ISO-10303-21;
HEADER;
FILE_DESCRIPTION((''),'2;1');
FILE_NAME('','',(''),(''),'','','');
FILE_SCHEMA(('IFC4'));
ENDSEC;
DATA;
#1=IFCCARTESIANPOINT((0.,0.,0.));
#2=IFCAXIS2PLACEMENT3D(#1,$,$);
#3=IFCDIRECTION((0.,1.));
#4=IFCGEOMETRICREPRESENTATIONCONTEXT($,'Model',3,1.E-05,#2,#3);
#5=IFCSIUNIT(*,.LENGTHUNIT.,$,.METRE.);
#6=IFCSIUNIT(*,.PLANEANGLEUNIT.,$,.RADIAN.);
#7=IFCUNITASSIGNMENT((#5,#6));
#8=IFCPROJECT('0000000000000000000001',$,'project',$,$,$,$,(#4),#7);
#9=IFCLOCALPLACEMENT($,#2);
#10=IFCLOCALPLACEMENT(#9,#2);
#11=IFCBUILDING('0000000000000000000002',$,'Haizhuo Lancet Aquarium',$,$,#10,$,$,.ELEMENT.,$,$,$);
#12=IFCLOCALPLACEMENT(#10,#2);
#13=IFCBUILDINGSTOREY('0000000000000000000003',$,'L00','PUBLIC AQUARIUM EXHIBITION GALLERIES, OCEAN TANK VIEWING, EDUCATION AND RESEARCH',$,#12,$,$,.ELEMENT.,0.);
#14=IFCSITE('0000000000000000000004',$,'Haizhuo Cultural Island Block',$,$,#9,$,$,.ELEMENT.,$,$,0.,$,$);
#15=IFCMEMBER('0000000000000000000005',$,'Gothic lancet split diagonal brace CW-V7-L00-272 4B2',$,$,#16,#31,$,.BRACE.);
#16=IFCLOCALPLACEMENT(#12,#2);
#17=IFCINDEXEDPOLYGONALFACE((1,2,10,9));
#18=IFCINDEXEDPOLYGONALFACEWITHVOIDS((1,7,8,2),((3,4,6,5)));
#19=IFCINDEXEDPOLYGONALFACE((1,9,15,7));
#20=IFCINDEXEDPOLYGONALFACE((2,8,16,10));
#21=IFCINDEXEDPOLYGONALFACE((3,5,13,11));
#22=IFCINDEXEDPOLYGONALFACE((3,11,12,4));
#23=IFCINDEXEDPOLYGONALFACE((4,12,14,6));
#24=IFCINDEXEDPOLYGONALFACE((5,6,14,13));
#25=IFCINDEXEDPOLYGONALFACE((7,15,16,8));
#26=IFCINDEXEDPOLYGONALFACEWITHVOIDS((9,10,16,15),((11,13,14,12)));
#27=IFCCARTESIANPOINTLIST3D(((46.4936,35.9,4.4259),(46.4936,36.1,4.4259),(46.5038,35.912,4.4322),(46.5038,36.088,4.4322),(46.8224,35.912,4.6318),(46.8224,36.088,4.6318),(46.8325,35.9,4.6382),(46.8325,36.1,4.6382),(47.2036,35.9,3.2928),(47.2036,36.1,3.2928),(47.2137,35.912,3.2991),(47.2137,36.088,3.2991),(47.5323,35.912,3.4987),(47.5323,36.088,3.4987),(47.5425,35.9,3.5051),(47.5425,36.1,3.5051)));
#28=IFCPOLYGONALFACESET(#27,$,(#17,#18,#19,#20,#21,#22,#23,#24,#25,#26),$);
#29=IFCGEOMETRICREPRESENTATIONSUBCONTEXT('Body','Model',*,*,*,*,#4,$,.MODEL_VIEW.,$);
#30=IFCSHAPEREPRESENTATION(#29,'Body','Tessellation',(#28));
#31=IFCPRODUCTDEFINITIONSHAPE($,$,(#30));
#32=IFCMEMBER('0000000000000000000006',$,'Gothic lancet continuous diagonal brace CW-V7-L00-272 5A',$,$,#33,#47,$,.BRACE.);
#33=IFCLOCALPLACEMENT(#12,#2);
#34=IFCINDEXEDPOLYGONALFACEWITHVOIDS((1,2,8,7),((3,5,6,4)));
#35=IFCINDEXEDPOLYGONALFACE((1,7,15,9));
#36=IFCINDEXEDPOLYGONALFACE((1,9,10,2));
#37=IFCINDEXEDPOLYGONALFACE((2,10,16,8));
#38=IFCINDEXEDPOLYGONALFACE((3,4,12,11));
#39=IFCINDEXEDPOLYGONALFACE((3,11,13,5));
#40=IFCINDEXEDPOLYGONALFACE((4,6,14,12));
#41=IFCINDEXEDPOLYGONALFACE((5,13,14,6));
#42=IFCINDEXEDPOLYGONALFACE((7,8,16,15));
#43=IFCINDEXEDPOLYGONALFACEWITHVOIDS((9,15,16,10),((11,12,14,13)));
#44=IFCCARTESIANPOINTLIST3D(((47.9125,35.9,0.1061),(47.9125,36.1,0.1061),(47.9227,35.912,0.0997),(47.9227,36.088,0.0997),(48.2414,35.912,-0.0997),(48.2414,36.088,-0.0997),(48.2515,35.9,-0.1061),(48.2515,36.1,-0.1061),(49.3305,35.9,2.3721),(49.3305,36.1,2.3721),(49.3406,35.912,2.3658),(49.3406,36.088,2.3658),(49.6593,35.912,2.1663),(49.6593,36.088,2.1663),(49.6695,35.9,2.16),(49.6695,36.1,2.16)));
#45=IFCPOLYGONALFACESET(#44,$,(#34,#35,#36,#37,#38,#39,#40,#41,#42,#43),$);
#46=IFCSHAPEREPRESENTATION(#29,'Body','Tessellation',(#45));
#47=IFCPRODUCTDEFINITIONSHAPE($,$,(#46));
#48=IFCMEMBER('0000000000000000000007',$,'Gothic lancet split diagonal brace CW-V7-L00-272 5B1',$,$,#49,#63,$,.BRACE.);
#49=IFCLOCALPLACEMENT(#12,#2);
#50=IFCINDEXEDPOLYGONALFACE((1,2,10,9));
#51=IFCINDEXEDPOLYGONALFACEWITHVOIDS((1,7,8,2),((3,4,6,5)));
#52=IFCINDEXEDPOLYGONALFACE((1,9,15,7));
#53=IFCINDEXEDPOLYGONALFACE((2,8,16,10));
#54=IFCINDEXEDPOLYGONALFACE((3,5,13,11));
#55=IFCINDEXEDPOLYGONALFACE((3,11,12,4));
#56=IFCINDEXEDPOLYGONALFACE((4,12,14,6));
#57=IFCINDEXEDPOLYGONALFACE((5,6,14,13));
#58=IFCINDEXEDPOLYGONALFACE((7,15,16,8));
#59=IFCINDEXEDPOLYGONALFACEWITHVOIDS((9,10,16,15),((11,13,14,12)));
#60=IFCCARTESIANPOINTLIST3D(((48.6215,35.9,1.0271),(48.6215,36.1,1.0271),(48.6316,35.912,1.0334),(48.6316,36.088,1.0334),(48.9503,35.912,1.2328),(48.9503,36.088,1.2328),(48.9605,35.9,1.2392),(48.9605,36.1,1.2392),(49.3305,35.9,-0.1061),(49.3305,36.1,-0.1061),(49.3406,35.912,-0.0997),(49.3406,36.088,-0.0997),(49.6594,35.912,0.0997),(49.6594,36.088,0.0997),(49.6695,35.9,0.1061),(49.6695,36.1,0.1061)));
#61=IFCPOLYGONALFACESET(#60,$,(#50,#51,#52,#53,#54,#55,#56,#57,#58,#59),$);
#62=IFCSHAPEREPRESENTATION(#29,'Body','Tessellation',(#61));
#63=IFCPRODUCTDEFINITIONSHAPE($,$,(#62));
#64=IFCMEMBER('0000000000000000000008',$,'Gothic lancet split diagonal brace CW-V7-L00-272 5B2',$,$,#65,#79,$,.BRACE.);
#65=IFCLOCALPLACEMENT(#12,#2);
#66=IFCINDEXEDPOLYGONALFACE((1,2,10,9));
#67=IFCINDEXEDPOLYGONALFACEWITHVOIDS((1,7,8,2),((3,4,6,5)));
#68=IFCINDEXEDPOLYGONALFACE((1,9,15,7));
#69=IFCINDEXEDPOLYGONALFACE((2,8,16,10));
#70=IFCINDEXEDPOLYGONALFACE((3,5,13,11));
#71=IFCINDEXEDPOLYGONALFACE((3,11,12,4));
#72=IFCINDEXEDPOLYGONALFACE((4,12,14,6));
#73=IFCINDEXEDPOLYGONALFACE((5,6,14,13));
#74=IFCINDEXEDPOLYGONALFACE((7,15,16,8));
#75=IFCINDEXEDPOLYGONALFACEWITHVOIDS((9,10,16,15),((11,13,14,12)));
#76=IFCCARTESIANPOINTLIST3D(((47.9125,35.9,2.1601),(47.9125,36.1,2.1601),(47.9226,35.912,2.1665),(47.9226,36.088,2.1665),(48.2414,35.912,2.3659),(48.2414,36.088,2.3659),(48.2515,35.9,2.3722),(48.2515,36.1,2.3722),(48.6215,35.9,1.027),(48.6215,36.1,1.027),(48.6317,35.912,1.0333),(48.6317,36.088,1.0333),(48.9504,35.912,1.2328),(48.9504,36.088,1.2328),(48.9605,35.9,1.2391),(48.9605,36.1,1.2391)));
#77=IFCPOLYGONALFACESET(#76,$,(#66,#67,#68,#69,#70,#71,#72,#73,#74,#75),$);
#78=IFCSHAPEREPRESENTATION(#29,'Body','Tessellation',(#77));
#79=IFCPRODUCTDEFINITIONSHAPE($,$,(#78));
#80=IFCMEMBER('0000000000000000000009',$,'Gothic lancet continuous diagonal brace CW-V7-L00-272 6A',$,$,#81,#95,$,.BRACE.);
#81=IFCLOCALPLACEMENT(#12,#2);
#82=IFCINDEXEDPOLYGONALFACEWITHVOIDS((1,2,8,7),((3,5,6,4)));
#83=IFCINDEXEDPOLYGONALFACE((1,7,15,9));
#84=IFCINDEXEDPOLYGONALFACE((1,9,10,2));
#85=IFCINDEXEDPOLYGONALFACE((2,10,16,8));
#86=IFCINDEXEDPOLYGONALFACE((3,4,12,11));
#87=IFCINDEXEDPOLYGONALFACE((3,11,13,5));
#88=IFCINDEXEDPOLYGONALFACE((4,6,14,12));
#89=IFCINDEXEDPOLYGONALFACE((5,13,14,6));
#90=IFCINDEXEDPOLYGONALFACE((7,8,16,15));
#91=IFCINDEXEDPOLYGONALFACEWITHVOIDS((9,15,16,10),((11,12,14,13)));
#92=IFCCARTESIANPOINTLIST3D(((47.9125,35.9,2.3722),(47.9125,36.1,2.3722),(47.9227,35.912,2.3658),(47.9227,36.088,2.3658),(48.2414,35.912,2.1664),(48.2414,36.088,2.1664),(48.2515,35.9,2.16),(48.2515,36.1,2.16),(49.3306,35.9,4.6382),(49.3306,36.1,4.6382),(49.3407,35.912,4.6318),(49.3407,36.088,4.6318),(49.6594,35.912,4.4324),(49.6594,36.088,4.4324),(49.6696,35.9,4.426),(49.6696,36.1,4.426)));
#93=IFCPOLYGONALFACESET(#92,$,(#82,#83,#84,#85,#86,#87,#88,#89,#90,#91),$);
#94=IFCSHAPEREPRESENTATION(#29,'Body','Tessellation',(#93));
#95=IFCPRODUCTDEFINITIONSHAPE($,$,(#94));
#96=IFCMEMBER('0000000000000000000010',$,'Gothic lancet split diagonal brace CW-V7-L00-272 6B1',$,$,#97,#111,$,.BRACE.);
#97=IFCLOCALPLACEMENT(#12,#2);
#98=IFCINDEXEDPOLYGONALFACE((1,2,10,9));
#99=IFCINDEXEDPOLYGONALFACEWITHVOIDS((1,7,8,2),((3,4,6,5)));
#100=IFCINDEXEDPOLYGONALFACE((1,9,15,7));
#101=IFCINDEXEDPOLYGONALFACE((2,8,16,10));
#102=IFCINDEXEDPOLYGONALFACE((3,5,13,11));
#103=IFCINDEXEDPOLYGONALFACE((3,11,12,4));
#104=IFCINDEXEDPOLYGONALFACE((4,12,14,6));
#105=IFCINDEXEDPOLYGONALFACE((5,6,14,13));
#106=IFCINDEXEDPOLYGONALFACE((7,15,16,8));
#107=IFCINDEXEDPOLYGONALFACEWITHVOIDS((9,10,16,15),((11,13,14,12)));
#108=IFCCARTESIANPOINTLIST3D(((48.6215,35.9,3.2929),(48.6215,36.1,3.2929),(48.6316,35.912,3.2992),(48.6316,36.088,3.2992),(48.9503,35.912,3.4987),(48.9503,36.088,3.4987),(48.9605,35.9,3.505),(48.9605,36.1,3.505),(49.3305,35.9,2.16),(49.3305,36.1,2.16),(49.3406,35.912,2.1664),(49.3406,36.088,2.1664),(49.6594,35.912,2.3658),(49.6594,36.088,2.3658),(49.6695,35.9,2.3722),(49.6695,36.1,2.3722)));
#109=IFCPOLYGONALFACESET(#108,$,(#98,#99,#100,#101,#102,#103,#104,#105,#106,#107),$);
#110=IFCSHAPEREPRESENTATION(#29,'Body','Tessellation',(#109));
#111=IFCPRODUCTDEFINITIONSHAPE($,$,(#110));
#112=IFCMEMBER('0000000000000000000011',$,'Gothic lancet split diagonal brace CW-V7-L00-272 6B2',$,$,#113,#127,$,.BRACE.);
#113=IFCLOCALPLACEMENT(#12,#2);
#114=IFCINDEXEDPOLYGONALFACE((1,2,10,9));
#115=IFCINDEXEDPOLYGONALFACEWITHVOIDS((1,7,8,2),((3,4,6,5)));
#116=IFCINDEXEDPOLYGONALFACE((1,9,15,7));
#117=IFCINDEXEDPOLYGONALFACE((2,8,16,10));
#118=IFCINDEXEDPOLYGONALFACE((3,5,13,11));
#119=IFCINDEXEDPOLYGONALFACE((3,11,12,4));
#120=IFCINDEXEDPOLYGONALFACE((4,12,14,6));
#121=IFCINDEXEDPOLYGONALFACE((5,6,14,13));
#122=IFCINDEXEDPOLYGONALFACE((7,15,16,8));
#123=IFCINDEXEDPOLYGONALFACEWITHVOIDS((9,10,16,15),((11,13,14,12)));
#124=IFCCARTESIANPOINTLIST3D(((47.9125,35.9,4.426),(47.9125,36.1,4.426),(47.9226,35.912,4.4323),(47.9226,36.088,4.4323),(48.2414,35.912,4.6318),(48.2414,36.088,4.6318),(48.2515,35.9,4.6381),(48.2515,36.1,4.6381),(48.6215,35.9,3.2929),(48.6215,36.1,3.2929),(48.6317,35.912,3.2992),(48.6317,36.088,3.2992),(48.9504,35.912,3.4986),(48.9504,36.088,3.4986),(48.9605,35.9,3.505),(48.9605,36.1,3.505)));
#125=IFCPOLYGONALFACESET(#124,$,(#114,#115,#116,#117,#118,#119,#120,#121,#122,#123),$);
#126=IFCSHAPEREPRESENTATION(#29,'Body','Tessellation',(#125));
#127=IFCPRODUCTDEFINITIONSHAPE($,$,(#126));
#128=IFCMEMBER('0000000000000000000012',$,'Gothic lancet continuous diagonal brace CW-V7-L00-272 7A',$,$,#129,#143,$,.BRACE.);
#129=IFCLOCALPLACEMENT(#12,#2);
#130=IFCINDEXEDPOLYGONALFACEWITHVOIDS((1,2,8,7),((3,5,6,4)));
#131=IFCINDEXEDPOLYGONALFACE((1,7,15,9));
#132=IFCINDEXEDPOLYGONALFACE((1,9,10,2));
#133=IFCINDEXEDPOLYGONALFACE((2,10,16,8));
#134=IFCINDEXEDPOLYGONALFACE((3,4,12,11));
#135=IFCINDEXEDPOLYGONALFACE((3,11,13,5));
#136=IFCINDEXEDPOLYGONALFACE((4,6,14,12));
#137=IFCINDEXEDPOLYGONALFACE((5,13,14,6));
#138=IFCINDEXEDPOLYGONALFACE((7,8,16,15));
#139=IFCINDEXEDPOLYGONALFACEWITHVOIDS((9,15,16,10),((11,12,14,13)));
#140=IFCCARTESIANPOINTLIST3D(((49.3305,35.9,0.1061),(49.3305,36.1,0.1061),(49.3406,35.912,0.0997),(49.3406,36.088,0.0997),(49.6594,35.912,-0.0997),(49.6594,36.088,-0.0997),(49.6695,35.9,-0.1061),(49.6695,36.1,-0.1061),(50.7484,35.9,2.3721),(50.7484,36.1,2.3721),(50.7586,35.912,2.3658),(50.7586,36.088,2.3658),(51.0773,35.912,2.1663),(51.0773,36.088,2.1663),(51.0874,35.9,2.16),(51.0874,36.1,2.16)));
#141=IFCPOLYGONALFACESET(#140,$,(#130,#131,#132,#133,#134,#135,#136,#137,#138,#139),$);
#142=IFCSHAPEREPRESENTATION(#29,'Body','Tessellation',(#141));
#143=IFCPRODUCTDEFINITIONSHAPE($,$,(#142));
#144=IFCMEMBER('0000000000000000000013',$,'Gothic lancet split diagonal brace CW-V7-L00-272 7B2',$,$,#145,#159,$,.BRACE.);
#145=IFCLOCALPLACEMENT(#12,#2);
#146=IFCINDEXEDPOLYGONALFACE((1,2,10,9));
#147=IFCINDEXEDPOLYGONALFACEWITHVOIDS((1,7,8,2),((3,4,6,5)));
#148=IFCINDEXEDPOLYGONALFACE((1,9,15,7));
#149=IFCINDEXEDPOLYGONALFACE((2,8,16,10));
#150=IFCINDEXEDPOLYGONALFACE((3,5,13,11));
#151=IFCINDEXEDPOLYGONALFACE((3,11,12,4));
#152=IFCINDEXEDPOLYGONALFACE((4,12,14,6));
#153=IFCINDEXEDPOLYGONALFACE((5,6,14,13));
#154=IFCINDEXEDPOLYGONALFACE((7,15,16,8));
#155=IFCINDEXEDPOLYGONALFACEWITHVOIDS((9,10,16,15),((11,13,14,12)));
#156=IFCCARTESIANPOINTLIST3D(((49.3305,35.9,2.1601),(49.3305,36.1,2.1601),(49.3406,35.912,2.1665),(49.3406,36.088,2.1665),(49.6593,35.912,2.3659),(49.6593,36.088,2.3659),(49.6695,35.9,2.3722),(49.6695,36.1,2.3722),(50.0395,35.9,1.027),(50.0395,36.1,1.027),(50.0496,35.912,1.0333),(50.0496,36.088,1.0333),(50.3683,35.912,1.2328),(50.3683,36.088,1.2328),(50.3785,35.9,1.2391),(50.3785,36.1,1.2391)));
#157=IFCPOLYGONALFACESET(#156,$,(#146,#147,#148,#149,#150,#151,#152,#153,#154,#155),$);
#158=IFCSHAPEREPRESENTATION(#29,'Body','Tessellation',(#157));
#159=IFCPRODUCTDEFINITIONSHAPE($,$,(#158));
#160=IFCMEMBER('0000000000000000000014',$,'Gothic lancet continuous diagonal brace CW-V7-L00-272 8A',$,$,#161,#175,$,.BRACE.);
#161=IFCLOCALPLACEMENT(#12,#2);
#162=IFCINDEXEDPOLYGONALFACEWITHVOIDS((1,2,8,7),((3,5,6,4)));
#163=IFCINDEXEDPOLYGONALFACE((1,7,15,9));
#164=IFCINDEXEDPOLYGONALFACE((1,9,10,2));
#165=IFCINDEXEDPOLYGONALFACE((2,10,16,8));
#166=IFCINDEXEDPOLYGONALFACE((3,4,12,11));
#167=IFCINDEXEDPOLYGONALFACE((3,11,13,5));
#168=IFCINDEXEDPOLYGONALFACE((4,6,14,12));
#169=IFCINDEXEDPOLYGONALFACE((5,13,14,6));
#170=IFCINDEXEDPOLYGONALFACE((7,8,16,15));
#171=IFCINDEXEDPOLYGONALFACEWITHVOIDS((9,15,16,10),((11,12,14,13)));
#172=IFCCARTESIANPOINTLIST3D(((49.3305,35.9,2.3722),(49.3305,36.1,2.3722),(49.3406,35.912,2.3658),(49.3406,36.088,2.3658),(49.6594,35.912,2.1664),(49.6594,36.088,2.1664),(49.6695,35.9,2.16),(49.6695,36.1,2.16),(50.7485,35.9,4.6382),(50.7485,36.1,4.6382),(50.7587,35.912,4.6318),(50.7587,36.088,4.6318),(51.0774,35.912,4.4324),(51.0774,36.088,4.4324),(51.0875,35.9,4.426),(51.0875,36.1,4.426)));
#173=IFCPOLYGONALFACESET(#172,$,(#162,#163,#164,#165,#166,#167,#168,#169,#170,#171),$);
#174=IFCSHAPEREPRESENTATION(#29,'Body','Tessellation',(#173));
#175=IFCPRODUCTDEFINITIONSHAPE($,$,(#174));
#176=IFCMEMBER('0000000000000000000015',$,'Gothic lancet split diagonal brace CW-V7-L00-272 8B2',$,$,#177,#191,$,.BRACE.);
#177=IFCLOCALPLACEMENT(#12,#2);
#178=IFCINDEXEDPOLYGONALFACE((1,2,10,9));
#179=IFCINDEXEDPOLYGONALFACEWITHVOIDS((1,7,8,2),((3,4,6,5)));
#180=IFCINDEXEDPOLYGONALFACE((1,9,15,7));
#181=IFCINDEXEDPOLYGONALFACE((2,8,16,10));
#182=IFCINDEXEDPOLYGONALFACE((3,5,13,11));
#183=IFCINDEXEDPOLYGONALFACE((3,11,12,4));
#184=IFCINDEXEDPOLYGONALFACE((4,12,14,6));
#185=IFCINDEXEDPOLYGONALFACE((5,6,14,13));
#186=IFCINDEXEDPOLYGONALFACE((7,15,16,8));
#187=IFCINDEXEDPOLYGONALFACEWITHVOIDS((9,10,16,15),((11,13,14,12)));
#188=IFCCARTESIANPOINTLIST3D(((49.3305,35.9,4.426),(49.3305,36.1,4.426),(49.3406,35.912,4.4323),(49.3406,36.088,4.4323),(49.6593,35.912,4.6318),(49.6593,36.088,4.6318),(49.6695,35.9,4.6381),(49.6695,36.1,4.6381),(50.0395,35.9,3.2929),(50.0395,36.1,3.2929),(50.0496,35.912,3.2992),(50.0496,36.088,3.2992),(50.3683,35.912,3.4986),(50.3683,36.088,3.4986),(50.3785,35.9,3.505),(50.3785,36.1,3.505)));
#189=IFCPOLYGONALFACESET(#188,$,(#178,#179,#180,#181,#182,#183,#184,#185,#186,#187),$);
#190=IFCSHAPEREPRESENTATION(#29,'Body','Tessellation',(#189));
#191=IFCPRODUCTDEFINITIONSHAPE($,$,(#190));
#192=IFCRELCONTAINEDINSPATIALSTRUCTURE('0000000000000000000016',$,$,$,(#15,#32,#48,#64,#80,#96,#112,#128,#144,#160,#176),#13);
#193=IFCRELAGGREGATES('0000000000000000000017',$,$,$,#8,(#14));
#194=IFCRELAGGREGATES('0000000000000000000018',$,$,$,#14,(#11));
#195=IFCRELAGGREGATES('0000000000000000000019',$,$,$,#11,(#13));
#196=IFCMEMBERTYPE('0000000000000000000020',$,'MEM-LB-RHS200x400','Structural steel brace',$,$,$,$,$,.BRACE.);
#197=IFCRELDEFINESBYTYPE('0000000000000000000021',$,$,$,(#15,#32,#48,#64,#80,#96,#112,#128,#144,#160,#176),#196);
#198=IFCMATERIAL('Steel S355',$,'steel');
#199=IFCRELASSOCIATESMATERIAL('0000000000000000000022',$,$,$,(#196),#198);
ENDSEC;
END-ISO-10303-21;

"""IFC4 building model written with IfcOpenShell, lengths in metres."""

from ifc_helpers import new_model, si_unit, direction, frame, origin, origin_2d, place, context, subcontext, project, spatial, hollow_rectangle, extrude, material, material_profile, profile_set, type_object, element, save


model = new_model("IFC4")

# Units and contexts
model_context = context("Model", 3, precision=1e-05, world=origin(), true_north=direction((0.0, 1.0)))
body_context = subcontext(model_context, "Body", "Model", "MODEL_VIEW")
ifc_project = project(units=[si_unit("LENGTHUNIT", "METRE"), si_unit("PLANEANGLEUNIT", "RADIAN")], contexts=[model_context])

# Site, building, storey
site_placement = place(None, origin())
site = spatial("IfcSite", under=ifc_project, at=site_placement, Name="Haizhuo Cultural Island Block", CompositionType="ELEMENT", RefElevation=0.0)
building_placement = place(site_placement, origin())
building = spatial("IfcBuilding", under=site, at=building_placement, Name="Haizhuo Lancet Aquarium", CompositionType="ELEMENT")
storey_placement = place(building_placement, origin())
storey = spatial("IfcBuildingStorey", under=building, at=storey_placement, Name="L00", Description="PUBLIC AQUARIUM EXHIBITION GALLERIES, OCEAN TANK VIEWING, EDUCATION AND RESEARCH", CompositionType="ELEMENT", Elevation=0.0)

# Members
ifc_material_1 = material(Name="Steel S355", Category="steel")
ifc_material_profile_1 = material_profile(ifc_material_1, hollow_rectangle(XDim=0.2, YDim=0.3999, WallThickness=0.012, at=origin_2d()), Name="RHS 200x400x12")
ifc_profile_set_1 = profile_set([ifc_material_profile_1], Name="Steel S355")
member_type_1 = type_object("IfcMemberType", Name="MEM-LB-RHS200x400", Description="Structural steel brace", PredefinedType="BRACE", material=ifc_profile_set_1)
member_1_placement = place(storey_placement, frame((47.373, 36.0, 3.3989), z_axis=(-0.530967, 0.0, 0.847393), x_axis=(0.0, -1.0, 0.0)))
element("IfcMember", 1, at=member_1_placement, inside=storey, type_object=member_type_1, Name="Gothic lancet split diagonal brace CW-V7-L00-272 4B2", PredefinedType="BRACE", context=body_context, shape_type="SweptSolid", body=[
    extrude(hollow_rectangle(XDim=0.2, YDim=0.3999, WallThickness=0.012, at=origin_2d()), origin(), (0.0, 0.0, 1.0), 1.3372),
])
member_2_placement = place(storey_placement, frame((48.082, 36.0, 0.0), z_axis=(0.530442, 0.0, 0.847721), x_axis=(0.0, 1.0, 0.0)))
element("IfcMember", 2, at=member_2_placement, inside=storey, type_object=member_type_1, Name="Gothic lancet continuous diagonal brace CW-V7-L00-272 5A", PredefinedType="BRACE", context=body_context, shape_type="SweptSolid", body=[
    extrude(hollow_rectangle(XDim=0.2, YDim=0.3999, WallThickness=0.012, at=origin_2d()), origin(), (0.0, 0.0, 1.0), 2.6731),
])
for number, where, z_axis, x_axis, name in (
    (3, (49.5, 36.0, 0.0), (-0.530442, 0.0, 0.847721), (0.0, -1.0, 0.0), "Gothic lancet split diagonal brace CW-V7-L00-272 5B1"),
    (4, (48.791, 36.0, 1.1331), (-0.530442, 0.0, 0.847721), (0.0, -1.0, 0.0), "Gothic lancet split diagonal brace CW-V7-L00-272 5B2"),
):
    element("IfcMember", number, at=place(storey_placement, frame(where, z_axis=z_axis, x_axis=x_axis)), inside=storey, type_object=member_type_1, Name=name, PredefinedType="BRACE", context=body_context, shape_type="SweptSolid", body=[
        extrude(hollow_rectangle(XDim=0.2, YDim=0.3999, WallThickness=0.012, at=origin_2d()), origin(), (0.0, 0.0, 1.0), 1.3367),
    ])
member_3_placement = place(storey_placement, frame((48.082, 36.0, 2.2661), z_axis=(0.530483, 0.0, 0.847695), x_axis=(0.0, 1.0, 0.0)))
element("IfcMember", 5, at=member_3_placement, inside=storey, type_object=member_type_1, Name="Gothic lancet continuous diagonal brace CW-V7-L00-272 6A", PredefinedType="BRACE", context=body_context, shape_type="SweptSolid", body=[
    extrude(hollow_rectangle(XDim=0.2, YDim=0.3999, WallThickness=0.012, at=origin_2d()), origin(), (0.0, 0.0, 1.0), 2.6731),
])
member_4_placement = place(storey_placement, frame((49.5, 36.0, 2.2661), z_axis=(-0.530524, 0.0, 0.84767), x_axis=(0.0, -1.0, 0.0)))
element("IfcMember", 6, at=member_4_placement, inside=storey, type_object=member_type_1, Name="Gothic lancet split diagonal brace CW-V7-L00-272 6B1", PredefinedType="BRACE", context=body_context, shape_type="SweptSolid", body=[
    extrude(hollow_rectangle(XDim=0.2, YDim=0.3999, WallThickness=0.012, at=origin_2d()), origin(), (0.0, 0.0, 1.0), 1.3364),
])
member_5_placement = place(storey_placement, frame((48.791, 36.0, 3.3989), z_axis=(-0.530442, 0.0, 0.847721), x_axis=(0.0, -1.0, 0.0)))
element("IfcMember", 7, at=member_5_placement, inside=storey, type_object=member_type_1, Name="Gothic lancet split diagonal brace CW-V7-L00-272 6B2", PredefinedType="BRACE", context=body_context, shape_type="SweptSolid", body=[
    extrude(hollow_rectangle(XDim=0.2, YDim=0.3999, WallThickness=0.012, at=origin_2d()), origin(), (0.0, 0.0, 1.0), 1.3367),
])
member_6_placement = place(storey_placement, frame((49.5, 36.0, 0.0), z_axis=(0.530442, 0.0, 0.847721), x_axis=(0.0, 1.0, 0.0)))
element("IfcMember", 8, at=member_6_placement, inside=storey, type_object=member_type_1, Name="Gothic lancet continuous diagonal brace CW-V7-L00-272 7A", PredefinedType="BRACE", context=body_context, shape_type="SweptSolid", body=[
    extrude(hollow_rectangle(XDim=0.2, YDim=0.3999, WallThickness=0.012, at=origin_2d()), origin(), (0.0, 0.0, 1.0), 2.6731),
])
member_7_placement = place(storey_placement, frame((50.209, 36.0, 1.1331), z_axis=(-0.530442, 0.0, 0.847721), x_axis=(0.0, -1.0, 0.0)))
element("IfcMember", 9, at=member_7_placement, inside=storey, type_object=member_type_1, Name="Gothic lancet split diagonal brace CW-V7-L00-272 7B2", PredefinedType="BRACE", context=body_context, shape_type="SweptSolid", body=[
    extrude(hollow_rectangle(XDim=0.2, YDim=0.3999, WallThickness=0.012, at=origin_2d()), origin(), (0.0, 0.0, 1.0), 1.3367),
])
member_8_placement = place(storey_placement, frame((49.5, 36.0, 2.2661), z_axis=(0.530483, 0.0, 0.847695), x_axis=(0.0, 1.0, 0.0)))
element("IfcMember", 10, at=member_8_placement, inside=storey, type_object=member_type_1, Name="Gothic lancet continuous diagonal brace CW-V7-L00-272 8A", PredefinedType="BRACE", context=body_context, shape_type="SweptSolid", body=[
    extrude(hollow_rectangle(XDim=0.2, YDim=0.3999, WallThickness=0.012, at=origin_2d()), origin(), (0.0, 0.0, 1.0), 2.6731),
])
member_9_placement = place(storey_placement, frame((50.209, 36.0, 3.3989), z_axis=(-0.530442, 0.0, 0.847721), x_axis=(0.0, -1.0, 0.0)))
element("IfcMember", 11, at=member_9_placement, inside=storey, type_object=member_type_1, Name="Gothic lancet split diagonal brace CW-V7-L00-272 8B2", PredefinedType="BRACE", context=body_context, shape_type="SweptSolid", body=[
    extrude(hollow_rectangle(XDim=0.2, YDim=0.3999, WallThickness=0.012, at=origin_2d()), origin(), (0.0, 0.0, 1.0), 1.3367),
])

save(model, "model.ifc")
